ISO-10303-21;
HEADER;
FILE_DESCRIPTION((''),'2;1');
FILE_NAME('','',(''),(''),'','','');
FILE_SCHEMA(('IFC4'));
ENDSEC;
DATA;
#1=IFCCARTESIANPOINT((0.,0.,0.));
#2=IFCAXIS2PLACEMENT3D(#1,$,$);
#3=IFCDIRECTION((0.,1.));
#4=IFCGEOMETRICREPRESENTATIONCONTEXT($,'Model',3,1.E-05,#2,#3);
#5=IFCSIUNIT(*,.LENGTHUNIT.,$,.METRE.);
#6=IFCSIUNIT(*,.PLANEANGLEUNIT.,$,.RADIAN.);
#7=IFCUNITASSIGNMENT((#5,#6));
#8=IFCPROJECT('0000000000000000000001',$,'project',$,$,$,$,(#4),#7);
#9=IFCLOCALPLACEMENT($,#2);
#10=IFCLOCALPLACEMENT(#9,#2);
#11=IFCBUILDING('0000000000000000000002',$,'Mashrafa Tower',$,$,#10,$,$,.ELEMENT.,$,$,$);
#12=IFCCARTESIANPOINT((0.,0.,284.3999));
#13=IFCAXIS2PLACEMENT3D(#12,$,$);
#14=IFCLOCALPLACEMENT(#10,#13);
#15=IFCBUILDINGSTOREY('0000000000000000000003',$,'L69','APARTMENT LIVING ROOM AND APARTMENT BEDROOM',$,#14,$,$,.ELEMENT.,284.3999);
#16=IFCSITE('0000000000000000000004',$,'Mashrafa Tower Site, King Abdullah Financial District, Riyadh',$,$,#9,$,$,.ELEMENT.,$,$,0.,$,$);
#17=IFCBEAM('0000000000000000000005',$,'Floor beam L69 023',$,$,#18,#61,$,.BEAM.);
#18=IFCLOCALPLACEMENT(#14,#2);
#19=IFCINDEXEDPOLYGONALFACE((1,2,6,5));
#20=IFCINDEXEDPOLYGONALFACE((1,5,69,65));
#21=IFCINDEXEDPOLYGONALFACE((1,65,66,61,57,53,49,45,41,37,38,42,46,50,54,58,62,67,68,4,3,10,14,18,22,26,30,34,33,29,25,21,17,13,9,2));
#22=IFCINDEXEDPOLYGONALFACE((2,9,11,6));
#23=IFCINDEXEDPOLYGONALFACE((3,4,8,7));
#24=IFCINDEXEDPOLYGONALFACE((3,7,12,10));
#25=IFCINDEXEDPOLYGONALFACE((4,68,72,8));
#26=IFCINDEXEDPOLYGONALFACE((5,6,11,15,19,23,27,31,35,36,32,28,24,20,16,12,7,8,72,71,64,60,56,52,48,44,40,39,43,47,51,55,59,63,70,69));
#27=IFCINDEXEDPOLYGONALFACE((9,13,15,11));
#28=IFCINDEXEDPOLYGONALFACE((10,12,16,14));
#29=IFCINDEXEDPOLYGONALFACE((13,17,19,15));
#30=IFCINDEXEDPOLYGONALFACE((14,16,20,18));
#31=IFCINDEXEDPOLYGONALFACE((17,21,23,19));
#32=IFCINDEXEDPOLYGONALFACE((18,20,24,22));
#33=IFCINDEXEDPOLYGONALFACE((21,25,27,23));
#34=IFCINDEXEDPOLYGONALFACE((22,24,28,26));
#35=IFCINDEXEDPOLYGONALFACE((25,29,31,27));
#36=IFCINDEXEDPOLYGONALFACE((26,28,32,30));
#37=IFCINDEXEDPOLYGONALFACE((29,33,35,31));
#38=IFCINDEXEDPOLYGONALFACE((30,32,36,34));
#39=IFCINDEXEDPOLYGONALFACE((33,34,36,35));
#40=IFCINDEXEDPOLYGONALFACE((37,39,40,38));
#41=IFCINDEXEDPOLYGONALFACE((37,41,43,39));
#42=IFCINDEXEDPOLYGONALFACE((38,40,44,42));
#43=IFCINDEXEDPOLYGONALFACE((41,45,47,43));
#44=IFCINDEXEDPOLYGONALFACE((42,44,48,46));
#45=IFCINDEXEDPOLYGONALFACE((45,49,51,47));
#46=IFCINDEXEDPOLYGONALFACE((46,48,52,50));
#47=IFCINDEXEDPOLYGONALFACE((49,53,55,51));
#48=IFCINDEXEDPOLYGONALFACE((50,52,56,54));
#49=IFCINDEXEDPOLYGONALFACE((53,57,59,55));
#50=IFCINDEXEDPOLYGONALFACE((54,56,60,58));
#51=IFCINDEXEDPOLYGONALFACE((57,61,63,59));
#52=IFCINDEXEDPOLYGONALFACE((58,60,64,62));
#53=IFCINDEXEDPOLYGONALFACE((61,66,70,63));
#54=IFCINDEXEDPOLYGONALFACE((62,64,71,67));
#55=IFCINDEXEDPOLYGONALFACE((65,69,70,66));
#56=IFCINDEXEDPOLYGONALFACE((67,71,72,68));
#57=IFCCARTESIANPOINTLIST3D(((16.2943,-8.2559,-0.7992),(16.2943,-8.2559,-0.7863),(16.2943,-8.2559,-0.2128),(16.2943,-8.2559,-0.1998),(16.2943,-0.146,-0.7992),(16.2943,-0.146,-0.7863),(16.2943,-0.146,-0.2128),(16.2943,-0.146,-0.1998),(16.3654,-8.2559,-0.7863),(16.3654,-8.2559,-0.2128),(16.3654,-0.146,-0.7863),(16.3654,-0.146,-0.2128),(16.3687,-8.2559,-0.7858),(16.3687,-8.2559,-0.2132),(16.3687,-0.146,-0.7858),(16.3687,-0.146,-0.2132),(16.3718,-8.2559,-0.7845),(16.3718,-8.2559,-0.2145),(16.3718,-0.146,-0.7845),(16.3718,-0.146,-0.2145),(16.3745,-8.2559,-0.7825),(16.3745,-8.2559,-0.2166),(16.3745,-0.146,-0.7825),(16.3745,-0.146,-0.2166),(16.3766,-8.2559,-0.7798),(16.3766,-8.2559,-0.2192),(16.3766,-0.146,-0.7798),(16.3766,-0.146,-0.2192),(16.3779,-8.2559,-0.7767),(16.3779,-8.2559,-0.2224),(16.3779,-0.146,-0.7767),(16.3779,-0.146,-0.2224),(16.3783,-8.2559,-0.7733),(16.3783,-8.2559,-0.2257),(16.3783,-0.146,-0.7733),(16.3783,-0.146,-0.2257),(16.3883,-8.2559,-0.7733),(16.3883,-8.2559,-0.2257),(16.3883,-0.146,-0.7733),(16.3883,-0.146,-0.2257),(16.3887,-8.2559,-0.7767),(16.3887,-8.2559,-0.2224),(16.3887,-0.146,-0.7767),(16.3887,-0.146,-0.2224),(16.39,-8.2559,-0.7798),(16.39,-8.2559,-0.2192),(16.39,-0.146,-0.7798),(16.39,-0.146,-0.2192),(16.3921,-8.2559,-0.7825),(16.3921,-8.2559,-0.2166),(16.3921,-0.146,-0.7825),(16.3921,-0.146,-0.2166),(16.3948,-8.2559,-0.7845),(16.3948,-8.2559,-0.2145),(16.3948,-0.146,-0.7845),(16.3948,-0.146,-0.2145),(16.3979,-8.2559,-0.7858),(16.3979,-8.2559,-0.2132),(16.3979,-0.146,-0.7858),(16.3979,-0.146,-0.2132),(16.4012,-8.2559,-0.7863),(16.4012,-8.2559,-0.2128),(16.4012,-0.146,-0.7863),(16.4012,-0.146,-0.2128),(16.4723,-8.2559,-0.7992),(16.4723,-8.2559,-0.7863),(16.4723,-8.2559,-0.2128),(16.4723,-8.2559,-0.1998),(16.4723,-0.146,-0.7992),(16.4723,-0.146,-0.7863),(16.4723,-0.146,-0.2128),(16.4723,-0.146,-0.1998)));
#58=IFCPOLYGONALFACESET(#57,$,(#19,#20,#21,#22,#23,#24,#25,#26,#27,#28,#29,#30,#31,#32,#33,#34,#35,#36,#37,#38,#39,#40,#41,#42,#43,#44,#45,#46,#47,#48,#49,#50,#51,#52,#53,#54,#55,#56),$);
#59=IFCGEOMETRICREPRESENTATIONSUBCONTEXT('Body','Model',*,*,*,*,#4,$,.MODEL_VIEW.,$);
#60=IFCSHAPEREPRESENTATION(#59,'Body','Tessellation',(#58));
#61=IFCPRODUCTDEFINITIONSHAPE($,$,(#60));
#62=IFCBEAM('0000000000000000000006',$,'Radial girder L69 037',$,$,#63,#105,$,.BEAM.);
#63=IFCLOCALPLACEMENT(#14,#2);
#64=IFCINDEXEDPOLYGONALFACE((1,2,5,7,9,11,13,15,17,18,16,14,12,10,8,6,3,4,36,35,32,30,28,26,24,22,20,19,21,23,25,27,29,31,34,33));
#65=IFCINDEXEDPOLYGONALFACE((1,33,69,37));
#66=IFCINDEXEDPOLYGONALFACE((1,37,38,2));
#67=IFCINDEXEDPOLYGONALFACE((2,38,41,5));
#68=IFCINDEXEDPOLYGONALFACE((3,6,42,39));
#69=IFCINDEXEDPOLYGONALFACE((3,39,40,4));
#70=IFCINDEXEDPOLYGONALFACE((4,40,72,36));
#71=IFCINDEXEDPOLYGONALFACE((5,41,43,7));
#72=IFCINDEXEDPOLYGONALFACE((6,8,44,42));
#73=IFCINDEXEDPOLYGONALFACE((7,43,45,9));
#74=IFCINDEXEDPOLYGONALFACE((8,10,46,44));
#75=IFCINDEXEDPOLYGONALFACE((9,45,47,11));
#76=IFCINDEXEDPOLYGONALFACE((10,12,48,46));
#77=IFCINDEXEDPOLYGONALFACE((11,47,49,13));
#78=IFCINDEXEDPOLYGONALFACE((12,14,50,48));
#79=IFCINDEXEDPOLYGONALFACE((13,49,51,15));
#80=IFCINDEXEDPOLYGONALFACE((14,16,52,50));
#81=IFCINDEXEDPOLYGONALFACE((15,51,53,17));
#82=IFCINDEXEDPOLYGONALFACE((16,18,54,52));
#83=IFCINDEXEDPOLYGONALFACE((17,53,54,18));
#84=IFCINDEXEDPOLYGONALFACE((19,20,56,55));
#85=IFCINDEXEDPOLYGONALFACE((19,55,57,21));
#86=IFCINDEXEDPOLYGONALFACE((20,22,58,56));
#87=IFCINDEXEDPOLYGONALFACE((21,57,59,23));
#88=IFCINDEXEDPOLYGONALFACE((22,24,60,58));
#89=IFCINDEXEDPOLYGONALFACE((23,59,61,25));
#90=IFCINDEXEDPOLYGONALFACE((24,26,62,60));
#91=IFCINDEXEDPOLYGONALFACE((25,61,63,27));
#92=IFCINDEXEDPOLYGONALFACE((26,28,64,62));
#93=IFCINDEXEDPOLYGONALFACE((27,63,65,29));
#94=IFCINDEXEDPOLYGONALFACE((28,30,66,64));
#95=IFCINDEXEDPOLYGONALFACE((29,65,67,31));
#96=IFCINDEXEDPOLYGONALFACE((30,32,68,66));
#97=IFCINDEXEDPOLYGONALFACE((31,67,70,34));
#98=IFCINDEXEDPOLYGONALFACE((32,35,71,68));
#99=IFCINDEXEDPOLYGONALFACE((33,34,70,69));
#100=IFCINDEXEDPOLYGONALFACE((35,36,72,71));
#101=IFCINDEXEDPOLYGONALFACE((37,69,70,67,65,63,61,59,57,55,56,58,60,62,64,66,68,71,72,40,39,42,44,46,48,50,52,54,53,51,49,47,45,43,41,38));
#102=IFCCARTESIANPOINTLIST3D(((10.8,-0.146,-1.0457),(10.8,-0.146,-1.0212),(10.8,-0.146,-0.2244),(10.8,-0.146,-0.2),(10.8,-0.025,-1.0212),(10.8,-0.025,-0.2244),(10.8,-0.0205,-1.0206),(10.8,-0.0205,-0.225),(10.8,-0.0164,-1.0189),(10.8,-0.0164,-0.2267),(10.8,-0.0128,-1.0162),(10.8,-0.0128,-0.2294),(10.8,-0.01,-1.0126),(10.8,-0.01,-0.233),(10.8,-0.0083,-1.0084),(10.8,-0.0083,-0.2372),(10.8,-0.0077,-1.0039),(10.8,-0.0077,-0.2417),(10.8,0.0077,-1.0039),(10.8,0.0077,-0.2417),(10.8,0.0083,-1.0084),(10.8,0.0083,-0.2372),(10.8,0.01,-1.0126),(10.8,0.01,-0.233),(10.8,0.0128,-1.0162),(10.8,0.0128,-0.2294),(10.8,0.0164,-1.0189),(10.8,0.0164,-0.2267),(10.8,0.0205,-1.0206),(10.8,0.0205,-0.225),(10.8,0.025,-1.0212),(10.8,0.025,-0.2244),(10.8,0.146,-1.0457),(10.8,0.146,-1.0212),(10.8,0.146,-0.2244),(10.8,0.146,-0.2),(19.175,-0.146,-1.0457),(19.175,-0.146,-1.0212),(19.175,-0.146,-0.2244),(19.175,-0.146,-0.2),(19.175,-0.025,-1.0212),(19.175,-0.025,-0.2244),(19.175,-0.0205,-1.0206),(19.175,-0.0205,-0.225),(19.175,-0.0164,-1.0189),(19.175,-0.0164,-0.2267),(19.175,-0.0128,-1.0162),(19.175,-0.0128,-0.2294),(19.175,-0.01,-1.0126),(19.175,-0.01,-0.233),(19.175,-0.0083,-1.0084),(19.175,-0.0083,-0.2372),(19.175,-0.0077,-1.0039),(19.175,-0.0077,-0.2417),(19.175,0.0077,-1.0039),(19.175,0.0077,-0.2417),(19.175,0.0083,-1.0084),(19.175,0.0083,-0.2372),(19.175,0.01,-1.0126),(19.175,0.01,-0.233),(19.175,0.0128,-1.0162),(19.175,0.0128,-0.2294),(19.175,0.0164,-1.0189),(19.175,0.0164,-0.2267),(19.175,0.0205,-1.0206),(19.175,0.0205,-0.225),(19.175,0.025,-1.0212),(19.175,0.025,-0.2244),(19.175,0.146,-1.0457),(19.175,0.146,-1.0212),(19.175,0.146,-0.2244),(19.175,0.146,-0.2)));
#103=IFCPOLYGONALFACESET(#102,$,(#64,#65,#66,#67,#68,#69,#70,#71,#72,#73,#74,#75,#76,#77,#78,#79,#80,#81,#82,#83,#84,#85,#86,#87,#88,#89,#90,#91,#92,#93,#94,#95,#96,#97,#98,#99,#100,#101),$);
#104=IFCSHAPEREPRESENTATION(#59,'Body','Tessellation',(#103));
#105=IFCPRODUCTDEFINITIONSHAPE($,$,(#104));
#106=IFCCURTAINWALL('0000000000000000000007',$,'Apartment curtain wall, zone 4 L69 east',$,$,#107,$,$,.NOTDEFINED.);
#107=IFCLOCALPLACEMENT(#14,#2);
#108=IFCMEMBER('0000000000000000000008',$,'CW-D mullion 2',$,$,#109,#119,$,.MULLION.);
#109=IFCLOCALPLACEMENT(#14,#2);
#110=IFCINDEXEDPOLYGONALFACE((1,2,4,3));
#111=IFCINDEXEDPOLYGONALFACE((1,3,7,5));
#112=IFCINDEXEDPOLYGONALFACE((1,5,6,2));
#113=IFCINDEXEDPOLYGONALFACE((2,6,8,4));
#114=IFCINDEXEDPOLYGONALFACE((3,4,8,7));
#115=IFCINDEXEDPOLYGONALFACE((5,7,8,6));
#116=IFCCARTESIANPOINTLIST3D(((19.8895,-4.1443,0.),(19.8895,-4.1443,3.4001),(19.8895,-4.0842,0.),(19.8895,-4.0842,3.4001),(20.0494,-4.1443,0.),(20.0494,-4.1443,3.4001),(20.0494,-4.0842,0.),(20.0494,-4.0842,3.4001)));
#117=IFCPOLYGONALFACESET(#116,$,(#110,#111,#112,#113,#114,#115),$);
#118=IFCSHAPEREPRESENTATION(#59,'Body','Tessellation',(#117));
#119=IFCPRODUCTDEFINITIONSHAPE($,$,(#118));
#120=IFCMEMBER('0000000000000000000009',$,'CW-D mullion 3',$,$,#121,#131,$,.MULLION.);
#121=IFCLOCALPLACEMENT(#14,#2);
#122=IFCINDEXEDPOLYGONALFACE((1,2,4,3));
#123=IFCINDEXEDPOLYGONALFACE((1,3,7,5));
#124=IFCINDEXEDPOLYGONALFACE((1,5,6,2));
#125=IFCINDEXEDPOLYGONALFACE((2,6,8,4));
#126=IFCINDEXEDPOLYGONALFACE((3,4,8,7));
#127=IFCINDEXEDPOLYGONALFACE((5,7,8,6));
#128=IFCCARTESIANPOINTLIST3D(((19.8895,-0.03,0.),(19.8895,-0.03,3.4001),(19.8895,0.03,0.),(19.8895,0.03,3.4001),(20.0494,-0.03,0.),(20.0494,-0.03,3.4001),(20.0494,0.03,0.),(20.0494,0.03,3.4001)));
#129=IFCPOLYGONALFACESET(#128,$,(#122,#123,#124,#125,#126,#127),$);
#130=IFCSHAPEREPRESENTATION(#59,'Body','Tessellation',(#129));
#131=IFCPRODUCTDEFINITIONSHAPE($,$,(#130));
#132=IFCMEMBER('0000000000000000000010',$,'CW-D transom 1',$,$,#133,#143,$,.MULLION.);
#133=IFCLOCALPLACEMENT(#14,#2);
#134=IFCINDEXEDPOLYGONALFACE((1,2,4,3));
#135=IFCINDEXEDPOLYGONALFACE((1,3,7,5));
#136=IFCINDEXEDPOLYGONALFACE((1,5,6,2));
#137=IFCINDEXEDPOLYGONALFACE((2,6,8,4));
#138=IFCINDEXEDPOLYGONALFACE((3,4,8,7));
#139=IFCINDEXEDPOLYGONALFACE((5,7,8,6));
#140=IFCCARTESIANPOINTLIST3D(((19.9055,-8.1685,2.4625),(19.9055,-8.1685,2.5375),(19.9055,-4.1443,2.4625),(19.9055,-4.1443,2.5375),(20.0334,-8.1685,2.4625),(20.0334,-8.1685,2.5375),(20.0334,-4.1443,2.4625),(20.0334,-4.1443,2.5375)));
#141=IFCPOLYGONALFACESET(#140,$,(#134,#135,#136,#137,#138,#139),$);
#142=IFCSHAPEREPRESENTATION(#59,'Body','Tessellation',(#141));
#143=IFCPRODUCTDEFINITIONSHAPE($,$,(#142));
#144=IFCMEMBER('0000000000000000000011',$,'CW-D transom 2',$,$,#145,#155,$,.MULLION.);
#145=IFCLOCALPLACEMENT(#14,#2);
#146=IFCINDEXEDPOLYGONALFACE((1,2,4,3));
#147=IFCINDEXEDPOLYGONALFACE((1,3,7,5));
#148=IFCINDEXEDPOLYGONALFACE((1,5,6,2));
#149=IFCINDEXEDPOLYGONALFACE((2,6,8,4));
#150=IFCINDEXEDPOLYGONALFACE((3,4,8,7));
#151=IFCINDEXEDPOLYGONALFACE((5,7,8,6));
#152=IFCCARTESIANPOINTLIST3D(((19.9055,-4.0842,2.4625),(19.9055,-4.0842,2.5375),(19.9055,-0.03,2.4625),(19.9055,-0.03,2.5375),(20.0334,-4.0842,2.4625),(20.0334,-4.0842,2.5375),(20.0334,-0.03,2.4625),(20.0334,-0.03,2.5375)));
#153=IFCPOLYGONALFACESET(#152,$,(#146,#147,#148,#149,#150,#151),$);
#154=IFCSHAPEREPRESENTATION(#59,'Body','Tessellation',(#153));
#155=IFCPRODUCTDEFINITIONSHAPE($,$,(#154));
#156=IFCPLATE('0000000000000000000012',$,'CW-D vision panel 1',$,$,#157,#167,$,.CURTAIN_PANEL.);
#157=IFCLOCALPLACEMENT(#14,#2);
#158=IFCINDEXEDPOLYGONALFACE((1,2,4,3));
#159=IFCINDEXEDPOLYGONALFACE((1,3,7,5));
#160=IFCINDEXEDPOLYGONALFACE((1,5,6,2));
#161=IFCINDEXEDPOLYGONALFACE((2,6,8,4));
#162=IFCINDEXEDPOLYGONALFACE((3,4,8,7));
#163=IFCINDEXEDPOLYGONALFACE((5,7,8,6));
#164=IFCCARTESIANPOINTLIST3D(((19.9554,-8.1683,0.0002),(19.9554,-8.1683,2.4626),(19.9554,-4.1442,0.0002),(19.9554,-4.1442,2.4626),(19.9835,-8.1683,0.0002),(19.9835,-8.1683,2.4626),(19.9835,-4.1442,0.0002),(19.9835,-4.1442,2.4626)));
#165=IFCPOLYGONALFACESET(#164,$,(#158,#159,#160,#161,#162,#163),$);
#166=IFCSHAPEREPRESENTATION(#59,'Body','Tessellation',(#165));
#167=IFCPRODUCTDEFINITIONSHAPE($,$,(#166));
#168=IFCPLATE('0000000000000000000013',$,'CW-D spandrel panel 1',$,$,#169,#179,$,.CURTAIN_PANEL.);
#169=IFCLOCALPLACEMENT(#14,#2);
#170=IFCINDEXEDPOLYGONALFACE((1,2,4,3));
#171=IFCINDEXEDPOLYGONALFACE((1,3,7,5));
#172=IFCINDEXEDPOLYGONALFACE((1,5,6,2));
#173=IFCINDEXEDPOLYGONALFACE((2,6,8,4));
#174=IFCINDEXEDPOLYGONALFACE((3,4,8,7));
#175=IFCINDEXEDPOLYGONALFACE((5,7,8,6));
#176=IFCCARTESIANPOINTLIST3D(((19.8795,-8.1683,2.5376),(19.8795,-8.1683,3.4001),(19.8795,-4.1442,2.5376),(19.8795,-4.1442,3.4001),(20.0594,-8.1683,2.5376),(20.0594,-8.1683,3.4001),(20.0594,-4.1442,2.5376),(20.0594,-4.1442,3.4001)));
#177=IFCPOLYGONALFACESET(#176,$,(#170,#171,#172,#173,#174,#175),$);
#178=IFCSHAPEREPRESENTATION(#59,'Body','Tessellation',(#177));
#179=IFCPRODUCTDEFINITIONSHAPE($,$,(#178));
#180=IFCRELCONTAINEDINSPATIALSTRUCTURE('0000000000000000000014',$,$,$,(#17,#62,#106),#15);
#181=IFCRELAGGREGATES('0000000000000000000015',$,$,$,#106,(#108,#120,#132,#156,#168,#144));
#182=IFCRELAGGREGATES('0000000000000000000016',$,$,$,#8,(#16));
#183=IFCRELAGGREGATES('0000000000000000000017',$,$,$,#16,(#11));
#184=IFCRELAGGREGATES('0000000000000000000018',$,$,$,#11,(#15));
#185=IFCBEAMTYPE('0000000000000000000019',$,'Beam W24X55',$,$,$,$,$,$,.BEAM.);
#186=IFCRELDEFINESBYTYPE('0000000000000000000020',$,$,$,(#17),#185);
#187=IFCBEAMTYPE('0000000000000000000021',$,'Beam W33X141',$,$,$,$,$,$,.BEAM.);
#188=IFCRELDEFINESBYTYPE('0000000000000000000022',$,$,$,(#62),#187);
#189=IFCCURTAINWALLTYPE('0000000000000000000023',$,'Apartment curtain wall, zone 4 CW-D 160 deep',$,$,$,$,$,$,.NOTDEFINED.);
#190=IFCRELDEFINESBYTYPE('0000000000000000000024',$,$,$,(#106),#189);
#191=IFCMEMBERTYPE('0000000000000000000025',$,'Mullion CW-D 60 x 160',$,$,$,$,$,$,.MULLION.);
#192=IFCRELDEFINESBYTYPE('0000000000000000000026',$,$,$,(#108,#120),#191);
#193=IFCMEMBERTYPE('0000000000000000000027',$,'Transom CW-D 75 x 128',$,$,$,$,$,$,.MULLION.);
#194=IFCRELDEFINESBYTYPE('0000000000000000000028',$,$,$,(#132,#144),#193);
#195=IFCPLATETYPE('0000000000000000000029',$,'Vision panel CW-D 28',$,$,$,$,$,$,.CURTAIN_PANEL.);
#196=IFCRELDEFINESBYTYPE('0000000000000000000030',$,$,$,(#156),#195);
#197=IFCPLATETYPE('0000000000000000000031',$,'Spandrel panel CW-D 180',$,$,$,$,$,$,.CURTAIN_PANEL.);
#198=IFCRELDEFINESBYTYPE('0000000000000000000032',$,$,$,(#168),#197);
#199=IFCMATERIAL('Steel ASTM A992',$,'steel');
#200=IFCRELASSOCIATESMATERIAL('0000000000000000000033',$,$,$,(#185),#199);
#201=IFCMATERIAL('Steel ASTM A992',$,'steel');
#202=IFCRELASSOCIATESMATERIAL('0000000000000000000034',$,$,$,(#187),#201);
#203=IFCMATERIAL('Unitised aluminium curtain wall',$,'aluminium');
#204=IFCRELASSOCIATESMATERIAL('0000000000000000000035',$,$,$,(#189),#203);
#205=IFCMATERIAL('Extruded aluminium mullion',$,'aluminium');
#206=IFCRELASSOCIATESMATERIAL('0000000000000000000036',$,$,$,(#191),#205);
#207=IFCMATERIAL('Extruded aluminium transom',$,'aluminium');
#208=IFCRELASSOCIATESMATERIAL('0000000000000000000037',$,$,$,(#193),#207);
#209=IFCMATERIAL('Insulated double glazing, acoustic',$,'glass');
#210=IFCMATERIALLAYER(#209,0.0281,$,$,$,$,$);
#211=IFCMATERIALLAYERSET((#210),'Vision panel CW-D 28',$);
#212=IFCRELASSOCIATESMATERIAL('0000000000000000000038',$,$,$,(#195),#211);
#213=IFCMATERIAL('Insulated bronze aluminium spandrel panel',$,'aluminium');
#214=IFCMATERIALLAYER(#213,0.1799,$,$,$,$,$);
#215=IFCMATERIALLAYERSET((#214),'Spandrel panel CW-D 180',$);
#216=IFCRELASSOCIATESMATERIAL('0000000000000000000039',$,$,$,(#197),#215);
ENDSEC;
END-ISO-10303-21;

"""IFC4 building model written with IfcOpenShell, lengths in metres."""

from ifc_helpers import new_model, si_unit, direction, frame, origin, origin_2d, place, context, subcontext, project, spatial, rectangle, i_section, extrude, source, transform, mapped, material, layer, layer_set, material_profile, profile_set, type_object, type_shapes, element, aggregate, save


model = new_model("IFC4")

# Units and contexts
model_context = context("Model", 3, precision=1e-05, world=origin(), true_north=direction((0.0, 1.0)))
body_context = subcontext(model_context, "Body", "Model", "MODEL_VIEW")
ifc_project = project(units=[si_unit("LENGTHUNIT", "METRE"), si_unit("PLANEANGLEUNIT", "RADIAN")], contexts=[model_context])

# Site, building, storey
site_placement = place(None, origin())
site = spatial("IfcSite", under=ifc_project, at=site_placement, Name="Mashrafa Tower Site, King Abdullah Financial District, Riyadh", CompositionType="ELEMENT", RefElevation=0.0)
building_placement = place(site_placement, origin())
building = spatial("IfcBuilding", under=site, at=building_placement, Name="Mashrafa Tower", CompositionType="ELEMENT")
storey_placement = place(building_placement, frame((0.0, 0.0, 284.3999)))
storey = spatial("IfcBuildingStorey", under=building, at=storey_placement, Name="L69", Description="APARTMENT LIVING ROOM AND APARTMENT BEDROOM", CompositionType="ELEMENT", Elevation=284.3999)

# Beams
ifc_material_1 = material(Name="Steel ASTM A992", Category="steel")
ifc_material_profile_1 = material_profile(ifc_material_1, i_section(OverallWidth=0.178, OverallDepth=0.5994, WebThickness=0.01, FlangeThickness=0.0129, FilletRadius=0.0129, at=origin_2d()), Name="W24X55")
ifc_profile_set_1 = profile_set([ifc_material_profile_1], Name="Steel ASTM A992")
beam_type_1 = type_object("IfcBeamType", Name="Beam W24X55", PredefinedType="BEAM", material=ifc_profile_set_1)
beam_1_placement = place(storey_placement, frame((16.3833, -0.146, -0.4995), z_axis=(0.0, -1.0, 0.0), x_axis=(1.0, 0.0, 0.0)))
element("IfcBeam", 1, at=beam_1_placement, inside=storey, type_object=beam_type_1, Name="Floor beam L69 023", PredefinedType="BEAM", context=body_context, shape_type="SweptSolid", body=[
    extrude(i_section(OverallWidth=0.178, OverallDepth=0.5994, WebThickness=0.01, FlangeThickness=0.0129, FilletRadius=0.0129, at=origin_2d()), origin(), (0.0, 0.0, 1.0), 8.1099),
])
ifc_material_2 = material(Name="Steel ASTM A992", Category="steel")
ifc_material_profile_2 = material_profile(ifc_material_2, i_section(OverallWidth=0.292, OverallDepth=0.8457, WebThickness=0.0154, FlangeThickness=0.0244, FilletRadius=0.0173, at=origin_2d()), Name="W33X141")
ifc_profile_set_2 = profile_set([ifc_material_profile_2], Name="Steel ASTM A992")
beam_type_2 = type_object("IfcBeamType", Name="Beam W33X141", PredefinedType="BEAM", material=ifc_profile_set_2)
beam_2_placement = place(storey_placement, frame((10.8, 0.0, -0.6228), z_axis=(1.0, 0.0, 0.0), x_axis=(0.0, 1.0, 0.0)))
element("IfcBeam", 2, at=beam_2_placement, inside=storey, type_object=beam_type_2, Name="Radial girder L69 037", PredefinedType="BEAM", context=body_context, shape_type="SweptSolid", body=[
    extrude(i_section(OverallWidth=0.292, OverallDepth=0.8457, WebThickness=0.0154, FlangeThickness=0.0244, FilletRadius=0.0173, at=origin_2d()), origin(), (0.0, 0.0, 1.0), 8.375),
])

# Curtain wall, members, plates
ifc_material_3 = material(Name="Unitised aluminium curtain wall", Category="aluminium")
curtain_wall_type = type_object("IfcCurtainWallType", Name="Apartment curtain wall, zone 4 CW-D 160 deep", PredefinedType="NOTDEFINED", material=ifc_material_3)
curtain_wall_placement = place(storey_placement, origin())
curtain_wall = element("IfcCurtainWall", 3, at=curtain_wall_placement, inside=storey, type_object=curtain_wall_type, Name="Apartment curtain wall, zone 4 L69 east", PredefinedType="NOTDEFINED")
ifc_material_4 = material(Name="Extruded aluminium mullion", Category="aluminium")
ifc_material_profile_3 = material_profile(ifc_material_4, rectangle(XDim=0.1599, YDim=0.0601, at=origin_2d()), Name="Mullion 60x160")
ifc_profile_set_3 = profile_set([ifc_material_profile_3], Name="Extruded aluminium mullion")
member_type_1 = type_object("IfcMemberType", Name="Mullion CW-D 60 x 160", PredefinedType="MULLION", material=ifc_profile_set_3)
shared_shape_1 = source(origin(), body_context, "Body", "SweptSolid", [
    extrude(rectangle(XDim=0.1599, YDim=0.0601, at=origin_2d()), origin(), (0.0, 0.0, 1.0), 3.4001),
])
type_shapes(member_type_1, [shared_shape_1])
member_1_placement = place(storey_placement, frame((19.9695, -4.1143, 0.0), z_axis=(0.0, 0.0, 1.0), x_axis=(-1.0, 0.0, 0.0)))
member_1 = element("IfcMember", 4, at=member_1_placement, type_object=member_type_1, Name="CW-D mullion 2", PredefinedType="MULLION", context=body_context, shape_type="MappedRepresentation", body=[
    mapped(shared_shape_1, transform((0.0, 0.0, 0.0))),
])
member_2_placement = place(storey_placement, frame((19.9695, 0.0, 0.0), z_axis=(0.0, 0.0, 1.0), x_axis=(-1.0, 0.0, 0.0)))
member_2 = element("IfcMember", 5, at=member_2_placement, type_object=member_type_1, Name="CW-D mullion 3", PredefinedType="MULLION", context=body_context, shape_type="MappedRepresentation", body=[
    mapped(shared_shape_1, transform((0.0, 0.0, 0.0))),
])
ifc_material_5 = material(Name="Extruded aluminium transom", Category="aluminium")
ifc_material_profile_4 = material_profile(ifc_material_5, rectangle(XDim=0.1279, YDim=0.075, at=origin_2d()), Name="Transom 75x128")
ifc_profile_set_4 = profile_set([ifc_material_profile_4], Name="Extruded aluminium transom")
member_type_2 = type_object("IfcMemberType", Name="Transom CW-D 75 x 128", PredefinedType="MULLION", material=ifc_profile_set_4)
shared_shape_2 = source(origin(), body_context, "Body", "SweptSolid", [
    extrude(rectangle(XDim=0.1279, YDim=0.075, at=origin_2d()), origin(), (0.0, 0.0, 1.0), 4.0242),
])
member_3_placement = place(storey_placement, frame((19.9695, -8.1685, 2.5), z_axis=(0.0, 1.0, 0.0), x_axis=(-1.0, 0.0, 0.0)))
member_3 = element("IfcMember", 6, at=member_3_placement, type_object=member_type_2, Name="CW-D transom 1", PredefinedType="MULLION", context=body_context, shape_type="MappedRepresentation", body=[
    mapped(shared_shape_2, transform((0.0, 0.0, 0.0))),
])
shared_shape_3 = source(origin(), body_context, "Body", "SweptSolid", [
    extrude(rectangle(XDim=0.1279, YDim=0.075, at=origin_2d()), origin(), (0.0, 0.0, 1.0), 4.0542),
])
type_shapes(member_type_2, [shared_shape_2, shared_shape_3])
member_4_placement = place(storey_placement, frame((19.9695, -4.0842, 2.5), z_axis=(0.0, 1.0, 0.0), x_axis=(-1.0, 0.0, 0.0)))
member_4 = element("IfcMember", 7, at=member_4_placement, type_object=member_type_2, Name="CW-D transom 2", PredefinedType="MULLION", context=body_context, shape_type="MappedRepresentation", body=[
    mapped(shared_shape_3, transform((0.0, 0.0, 0.0))),
])
ifc_material_6 = material(Name="Insulated double glazing, acoustic", Category="glass")
ifc_layer_1 = layer(ifc_material_6, 0.0281)
ifc_layer_set_1 = layer_set([ifc_layer_1], Name="Vision panel CW-D 28")
plate_type_1 = type_object("IfcPlateType", Name="Vision panel CW-D 28", PredefinedType="CURTAIN_PANEL", material=ifc_layer_set_1)
shared_shape_4 = source(origin(), body_context, "Body", "SweptSolid", [
    extrude(rectangle(XDim=4.0242, YDim=0.0281, at=origin_2d()), origin(), (0.0, 0.0, 1.0), 2.4624),
])
plate_1_placement = place(storey_placement, frame((19.9695, -6.1562, 0.0002), z_axis=(0.0, 0.0, 1.0), x_axis=(0.0, 1.0, 0.0)))
plate_1 = element("IfcPlate", 8, at=plate_1_placement, type_object=plate_type_1, Name="CW-D vision panel 1", PredefinedType="CURTAIN_PANEL", context=body_context, shape_type="MappedRepresentation", body=[
    mapped(shared_shape_4, transform((0.0, 0.0, 0.0))),
])
ifc_material_7 = material(Name="Insulated bronze aluminium spandrel panel", Category="aluminium")
ifc_layer_2 = layer(ifc_material_7, 0.1799)
ifc_layer_set_2 = layer_set([ifc_layer_2], Name="Spandrel panel CW-D 180")
plate_type_2 = type_object("IfcPlateType", Name="Spandrel panel CW-D 180", PredefinedType="CURTAIN_PANEL", material=ifc_layer_set_2)
shared_shape_5 = source(origin(), body_context, "Body", "SweptSolid", [
    extrude(rectangle(XDim=4.0242, YDim=0.1799, at=origin_2d()), origin(), (0.0, 0.0, 1.0), 0.8625),
])
plate_2_placement = place(storey_placement, frame((19.9695, -6.1562, 2.5376), z_axis=(0.0, 0.0, 1.0), x_axis=(0.0, 1.0, 0.0)))
plate_2 = element("IfcPlate", 9, at=plate_2_placement, type_object=plate_type_2, Name="CW-D spandrel panel 1", PredefinedType="CURTAIN_PANEL", context=body_context, shape_type="MappedRepresentation", body=[
    mapped(shared_shape_5, transform((0.0, 0.0, 0.0))),
])
aggregate(curtain_wall, [member_1, member_2, member_3, plate_1, plate_2, member_4])

save(model, "model.ifc")
